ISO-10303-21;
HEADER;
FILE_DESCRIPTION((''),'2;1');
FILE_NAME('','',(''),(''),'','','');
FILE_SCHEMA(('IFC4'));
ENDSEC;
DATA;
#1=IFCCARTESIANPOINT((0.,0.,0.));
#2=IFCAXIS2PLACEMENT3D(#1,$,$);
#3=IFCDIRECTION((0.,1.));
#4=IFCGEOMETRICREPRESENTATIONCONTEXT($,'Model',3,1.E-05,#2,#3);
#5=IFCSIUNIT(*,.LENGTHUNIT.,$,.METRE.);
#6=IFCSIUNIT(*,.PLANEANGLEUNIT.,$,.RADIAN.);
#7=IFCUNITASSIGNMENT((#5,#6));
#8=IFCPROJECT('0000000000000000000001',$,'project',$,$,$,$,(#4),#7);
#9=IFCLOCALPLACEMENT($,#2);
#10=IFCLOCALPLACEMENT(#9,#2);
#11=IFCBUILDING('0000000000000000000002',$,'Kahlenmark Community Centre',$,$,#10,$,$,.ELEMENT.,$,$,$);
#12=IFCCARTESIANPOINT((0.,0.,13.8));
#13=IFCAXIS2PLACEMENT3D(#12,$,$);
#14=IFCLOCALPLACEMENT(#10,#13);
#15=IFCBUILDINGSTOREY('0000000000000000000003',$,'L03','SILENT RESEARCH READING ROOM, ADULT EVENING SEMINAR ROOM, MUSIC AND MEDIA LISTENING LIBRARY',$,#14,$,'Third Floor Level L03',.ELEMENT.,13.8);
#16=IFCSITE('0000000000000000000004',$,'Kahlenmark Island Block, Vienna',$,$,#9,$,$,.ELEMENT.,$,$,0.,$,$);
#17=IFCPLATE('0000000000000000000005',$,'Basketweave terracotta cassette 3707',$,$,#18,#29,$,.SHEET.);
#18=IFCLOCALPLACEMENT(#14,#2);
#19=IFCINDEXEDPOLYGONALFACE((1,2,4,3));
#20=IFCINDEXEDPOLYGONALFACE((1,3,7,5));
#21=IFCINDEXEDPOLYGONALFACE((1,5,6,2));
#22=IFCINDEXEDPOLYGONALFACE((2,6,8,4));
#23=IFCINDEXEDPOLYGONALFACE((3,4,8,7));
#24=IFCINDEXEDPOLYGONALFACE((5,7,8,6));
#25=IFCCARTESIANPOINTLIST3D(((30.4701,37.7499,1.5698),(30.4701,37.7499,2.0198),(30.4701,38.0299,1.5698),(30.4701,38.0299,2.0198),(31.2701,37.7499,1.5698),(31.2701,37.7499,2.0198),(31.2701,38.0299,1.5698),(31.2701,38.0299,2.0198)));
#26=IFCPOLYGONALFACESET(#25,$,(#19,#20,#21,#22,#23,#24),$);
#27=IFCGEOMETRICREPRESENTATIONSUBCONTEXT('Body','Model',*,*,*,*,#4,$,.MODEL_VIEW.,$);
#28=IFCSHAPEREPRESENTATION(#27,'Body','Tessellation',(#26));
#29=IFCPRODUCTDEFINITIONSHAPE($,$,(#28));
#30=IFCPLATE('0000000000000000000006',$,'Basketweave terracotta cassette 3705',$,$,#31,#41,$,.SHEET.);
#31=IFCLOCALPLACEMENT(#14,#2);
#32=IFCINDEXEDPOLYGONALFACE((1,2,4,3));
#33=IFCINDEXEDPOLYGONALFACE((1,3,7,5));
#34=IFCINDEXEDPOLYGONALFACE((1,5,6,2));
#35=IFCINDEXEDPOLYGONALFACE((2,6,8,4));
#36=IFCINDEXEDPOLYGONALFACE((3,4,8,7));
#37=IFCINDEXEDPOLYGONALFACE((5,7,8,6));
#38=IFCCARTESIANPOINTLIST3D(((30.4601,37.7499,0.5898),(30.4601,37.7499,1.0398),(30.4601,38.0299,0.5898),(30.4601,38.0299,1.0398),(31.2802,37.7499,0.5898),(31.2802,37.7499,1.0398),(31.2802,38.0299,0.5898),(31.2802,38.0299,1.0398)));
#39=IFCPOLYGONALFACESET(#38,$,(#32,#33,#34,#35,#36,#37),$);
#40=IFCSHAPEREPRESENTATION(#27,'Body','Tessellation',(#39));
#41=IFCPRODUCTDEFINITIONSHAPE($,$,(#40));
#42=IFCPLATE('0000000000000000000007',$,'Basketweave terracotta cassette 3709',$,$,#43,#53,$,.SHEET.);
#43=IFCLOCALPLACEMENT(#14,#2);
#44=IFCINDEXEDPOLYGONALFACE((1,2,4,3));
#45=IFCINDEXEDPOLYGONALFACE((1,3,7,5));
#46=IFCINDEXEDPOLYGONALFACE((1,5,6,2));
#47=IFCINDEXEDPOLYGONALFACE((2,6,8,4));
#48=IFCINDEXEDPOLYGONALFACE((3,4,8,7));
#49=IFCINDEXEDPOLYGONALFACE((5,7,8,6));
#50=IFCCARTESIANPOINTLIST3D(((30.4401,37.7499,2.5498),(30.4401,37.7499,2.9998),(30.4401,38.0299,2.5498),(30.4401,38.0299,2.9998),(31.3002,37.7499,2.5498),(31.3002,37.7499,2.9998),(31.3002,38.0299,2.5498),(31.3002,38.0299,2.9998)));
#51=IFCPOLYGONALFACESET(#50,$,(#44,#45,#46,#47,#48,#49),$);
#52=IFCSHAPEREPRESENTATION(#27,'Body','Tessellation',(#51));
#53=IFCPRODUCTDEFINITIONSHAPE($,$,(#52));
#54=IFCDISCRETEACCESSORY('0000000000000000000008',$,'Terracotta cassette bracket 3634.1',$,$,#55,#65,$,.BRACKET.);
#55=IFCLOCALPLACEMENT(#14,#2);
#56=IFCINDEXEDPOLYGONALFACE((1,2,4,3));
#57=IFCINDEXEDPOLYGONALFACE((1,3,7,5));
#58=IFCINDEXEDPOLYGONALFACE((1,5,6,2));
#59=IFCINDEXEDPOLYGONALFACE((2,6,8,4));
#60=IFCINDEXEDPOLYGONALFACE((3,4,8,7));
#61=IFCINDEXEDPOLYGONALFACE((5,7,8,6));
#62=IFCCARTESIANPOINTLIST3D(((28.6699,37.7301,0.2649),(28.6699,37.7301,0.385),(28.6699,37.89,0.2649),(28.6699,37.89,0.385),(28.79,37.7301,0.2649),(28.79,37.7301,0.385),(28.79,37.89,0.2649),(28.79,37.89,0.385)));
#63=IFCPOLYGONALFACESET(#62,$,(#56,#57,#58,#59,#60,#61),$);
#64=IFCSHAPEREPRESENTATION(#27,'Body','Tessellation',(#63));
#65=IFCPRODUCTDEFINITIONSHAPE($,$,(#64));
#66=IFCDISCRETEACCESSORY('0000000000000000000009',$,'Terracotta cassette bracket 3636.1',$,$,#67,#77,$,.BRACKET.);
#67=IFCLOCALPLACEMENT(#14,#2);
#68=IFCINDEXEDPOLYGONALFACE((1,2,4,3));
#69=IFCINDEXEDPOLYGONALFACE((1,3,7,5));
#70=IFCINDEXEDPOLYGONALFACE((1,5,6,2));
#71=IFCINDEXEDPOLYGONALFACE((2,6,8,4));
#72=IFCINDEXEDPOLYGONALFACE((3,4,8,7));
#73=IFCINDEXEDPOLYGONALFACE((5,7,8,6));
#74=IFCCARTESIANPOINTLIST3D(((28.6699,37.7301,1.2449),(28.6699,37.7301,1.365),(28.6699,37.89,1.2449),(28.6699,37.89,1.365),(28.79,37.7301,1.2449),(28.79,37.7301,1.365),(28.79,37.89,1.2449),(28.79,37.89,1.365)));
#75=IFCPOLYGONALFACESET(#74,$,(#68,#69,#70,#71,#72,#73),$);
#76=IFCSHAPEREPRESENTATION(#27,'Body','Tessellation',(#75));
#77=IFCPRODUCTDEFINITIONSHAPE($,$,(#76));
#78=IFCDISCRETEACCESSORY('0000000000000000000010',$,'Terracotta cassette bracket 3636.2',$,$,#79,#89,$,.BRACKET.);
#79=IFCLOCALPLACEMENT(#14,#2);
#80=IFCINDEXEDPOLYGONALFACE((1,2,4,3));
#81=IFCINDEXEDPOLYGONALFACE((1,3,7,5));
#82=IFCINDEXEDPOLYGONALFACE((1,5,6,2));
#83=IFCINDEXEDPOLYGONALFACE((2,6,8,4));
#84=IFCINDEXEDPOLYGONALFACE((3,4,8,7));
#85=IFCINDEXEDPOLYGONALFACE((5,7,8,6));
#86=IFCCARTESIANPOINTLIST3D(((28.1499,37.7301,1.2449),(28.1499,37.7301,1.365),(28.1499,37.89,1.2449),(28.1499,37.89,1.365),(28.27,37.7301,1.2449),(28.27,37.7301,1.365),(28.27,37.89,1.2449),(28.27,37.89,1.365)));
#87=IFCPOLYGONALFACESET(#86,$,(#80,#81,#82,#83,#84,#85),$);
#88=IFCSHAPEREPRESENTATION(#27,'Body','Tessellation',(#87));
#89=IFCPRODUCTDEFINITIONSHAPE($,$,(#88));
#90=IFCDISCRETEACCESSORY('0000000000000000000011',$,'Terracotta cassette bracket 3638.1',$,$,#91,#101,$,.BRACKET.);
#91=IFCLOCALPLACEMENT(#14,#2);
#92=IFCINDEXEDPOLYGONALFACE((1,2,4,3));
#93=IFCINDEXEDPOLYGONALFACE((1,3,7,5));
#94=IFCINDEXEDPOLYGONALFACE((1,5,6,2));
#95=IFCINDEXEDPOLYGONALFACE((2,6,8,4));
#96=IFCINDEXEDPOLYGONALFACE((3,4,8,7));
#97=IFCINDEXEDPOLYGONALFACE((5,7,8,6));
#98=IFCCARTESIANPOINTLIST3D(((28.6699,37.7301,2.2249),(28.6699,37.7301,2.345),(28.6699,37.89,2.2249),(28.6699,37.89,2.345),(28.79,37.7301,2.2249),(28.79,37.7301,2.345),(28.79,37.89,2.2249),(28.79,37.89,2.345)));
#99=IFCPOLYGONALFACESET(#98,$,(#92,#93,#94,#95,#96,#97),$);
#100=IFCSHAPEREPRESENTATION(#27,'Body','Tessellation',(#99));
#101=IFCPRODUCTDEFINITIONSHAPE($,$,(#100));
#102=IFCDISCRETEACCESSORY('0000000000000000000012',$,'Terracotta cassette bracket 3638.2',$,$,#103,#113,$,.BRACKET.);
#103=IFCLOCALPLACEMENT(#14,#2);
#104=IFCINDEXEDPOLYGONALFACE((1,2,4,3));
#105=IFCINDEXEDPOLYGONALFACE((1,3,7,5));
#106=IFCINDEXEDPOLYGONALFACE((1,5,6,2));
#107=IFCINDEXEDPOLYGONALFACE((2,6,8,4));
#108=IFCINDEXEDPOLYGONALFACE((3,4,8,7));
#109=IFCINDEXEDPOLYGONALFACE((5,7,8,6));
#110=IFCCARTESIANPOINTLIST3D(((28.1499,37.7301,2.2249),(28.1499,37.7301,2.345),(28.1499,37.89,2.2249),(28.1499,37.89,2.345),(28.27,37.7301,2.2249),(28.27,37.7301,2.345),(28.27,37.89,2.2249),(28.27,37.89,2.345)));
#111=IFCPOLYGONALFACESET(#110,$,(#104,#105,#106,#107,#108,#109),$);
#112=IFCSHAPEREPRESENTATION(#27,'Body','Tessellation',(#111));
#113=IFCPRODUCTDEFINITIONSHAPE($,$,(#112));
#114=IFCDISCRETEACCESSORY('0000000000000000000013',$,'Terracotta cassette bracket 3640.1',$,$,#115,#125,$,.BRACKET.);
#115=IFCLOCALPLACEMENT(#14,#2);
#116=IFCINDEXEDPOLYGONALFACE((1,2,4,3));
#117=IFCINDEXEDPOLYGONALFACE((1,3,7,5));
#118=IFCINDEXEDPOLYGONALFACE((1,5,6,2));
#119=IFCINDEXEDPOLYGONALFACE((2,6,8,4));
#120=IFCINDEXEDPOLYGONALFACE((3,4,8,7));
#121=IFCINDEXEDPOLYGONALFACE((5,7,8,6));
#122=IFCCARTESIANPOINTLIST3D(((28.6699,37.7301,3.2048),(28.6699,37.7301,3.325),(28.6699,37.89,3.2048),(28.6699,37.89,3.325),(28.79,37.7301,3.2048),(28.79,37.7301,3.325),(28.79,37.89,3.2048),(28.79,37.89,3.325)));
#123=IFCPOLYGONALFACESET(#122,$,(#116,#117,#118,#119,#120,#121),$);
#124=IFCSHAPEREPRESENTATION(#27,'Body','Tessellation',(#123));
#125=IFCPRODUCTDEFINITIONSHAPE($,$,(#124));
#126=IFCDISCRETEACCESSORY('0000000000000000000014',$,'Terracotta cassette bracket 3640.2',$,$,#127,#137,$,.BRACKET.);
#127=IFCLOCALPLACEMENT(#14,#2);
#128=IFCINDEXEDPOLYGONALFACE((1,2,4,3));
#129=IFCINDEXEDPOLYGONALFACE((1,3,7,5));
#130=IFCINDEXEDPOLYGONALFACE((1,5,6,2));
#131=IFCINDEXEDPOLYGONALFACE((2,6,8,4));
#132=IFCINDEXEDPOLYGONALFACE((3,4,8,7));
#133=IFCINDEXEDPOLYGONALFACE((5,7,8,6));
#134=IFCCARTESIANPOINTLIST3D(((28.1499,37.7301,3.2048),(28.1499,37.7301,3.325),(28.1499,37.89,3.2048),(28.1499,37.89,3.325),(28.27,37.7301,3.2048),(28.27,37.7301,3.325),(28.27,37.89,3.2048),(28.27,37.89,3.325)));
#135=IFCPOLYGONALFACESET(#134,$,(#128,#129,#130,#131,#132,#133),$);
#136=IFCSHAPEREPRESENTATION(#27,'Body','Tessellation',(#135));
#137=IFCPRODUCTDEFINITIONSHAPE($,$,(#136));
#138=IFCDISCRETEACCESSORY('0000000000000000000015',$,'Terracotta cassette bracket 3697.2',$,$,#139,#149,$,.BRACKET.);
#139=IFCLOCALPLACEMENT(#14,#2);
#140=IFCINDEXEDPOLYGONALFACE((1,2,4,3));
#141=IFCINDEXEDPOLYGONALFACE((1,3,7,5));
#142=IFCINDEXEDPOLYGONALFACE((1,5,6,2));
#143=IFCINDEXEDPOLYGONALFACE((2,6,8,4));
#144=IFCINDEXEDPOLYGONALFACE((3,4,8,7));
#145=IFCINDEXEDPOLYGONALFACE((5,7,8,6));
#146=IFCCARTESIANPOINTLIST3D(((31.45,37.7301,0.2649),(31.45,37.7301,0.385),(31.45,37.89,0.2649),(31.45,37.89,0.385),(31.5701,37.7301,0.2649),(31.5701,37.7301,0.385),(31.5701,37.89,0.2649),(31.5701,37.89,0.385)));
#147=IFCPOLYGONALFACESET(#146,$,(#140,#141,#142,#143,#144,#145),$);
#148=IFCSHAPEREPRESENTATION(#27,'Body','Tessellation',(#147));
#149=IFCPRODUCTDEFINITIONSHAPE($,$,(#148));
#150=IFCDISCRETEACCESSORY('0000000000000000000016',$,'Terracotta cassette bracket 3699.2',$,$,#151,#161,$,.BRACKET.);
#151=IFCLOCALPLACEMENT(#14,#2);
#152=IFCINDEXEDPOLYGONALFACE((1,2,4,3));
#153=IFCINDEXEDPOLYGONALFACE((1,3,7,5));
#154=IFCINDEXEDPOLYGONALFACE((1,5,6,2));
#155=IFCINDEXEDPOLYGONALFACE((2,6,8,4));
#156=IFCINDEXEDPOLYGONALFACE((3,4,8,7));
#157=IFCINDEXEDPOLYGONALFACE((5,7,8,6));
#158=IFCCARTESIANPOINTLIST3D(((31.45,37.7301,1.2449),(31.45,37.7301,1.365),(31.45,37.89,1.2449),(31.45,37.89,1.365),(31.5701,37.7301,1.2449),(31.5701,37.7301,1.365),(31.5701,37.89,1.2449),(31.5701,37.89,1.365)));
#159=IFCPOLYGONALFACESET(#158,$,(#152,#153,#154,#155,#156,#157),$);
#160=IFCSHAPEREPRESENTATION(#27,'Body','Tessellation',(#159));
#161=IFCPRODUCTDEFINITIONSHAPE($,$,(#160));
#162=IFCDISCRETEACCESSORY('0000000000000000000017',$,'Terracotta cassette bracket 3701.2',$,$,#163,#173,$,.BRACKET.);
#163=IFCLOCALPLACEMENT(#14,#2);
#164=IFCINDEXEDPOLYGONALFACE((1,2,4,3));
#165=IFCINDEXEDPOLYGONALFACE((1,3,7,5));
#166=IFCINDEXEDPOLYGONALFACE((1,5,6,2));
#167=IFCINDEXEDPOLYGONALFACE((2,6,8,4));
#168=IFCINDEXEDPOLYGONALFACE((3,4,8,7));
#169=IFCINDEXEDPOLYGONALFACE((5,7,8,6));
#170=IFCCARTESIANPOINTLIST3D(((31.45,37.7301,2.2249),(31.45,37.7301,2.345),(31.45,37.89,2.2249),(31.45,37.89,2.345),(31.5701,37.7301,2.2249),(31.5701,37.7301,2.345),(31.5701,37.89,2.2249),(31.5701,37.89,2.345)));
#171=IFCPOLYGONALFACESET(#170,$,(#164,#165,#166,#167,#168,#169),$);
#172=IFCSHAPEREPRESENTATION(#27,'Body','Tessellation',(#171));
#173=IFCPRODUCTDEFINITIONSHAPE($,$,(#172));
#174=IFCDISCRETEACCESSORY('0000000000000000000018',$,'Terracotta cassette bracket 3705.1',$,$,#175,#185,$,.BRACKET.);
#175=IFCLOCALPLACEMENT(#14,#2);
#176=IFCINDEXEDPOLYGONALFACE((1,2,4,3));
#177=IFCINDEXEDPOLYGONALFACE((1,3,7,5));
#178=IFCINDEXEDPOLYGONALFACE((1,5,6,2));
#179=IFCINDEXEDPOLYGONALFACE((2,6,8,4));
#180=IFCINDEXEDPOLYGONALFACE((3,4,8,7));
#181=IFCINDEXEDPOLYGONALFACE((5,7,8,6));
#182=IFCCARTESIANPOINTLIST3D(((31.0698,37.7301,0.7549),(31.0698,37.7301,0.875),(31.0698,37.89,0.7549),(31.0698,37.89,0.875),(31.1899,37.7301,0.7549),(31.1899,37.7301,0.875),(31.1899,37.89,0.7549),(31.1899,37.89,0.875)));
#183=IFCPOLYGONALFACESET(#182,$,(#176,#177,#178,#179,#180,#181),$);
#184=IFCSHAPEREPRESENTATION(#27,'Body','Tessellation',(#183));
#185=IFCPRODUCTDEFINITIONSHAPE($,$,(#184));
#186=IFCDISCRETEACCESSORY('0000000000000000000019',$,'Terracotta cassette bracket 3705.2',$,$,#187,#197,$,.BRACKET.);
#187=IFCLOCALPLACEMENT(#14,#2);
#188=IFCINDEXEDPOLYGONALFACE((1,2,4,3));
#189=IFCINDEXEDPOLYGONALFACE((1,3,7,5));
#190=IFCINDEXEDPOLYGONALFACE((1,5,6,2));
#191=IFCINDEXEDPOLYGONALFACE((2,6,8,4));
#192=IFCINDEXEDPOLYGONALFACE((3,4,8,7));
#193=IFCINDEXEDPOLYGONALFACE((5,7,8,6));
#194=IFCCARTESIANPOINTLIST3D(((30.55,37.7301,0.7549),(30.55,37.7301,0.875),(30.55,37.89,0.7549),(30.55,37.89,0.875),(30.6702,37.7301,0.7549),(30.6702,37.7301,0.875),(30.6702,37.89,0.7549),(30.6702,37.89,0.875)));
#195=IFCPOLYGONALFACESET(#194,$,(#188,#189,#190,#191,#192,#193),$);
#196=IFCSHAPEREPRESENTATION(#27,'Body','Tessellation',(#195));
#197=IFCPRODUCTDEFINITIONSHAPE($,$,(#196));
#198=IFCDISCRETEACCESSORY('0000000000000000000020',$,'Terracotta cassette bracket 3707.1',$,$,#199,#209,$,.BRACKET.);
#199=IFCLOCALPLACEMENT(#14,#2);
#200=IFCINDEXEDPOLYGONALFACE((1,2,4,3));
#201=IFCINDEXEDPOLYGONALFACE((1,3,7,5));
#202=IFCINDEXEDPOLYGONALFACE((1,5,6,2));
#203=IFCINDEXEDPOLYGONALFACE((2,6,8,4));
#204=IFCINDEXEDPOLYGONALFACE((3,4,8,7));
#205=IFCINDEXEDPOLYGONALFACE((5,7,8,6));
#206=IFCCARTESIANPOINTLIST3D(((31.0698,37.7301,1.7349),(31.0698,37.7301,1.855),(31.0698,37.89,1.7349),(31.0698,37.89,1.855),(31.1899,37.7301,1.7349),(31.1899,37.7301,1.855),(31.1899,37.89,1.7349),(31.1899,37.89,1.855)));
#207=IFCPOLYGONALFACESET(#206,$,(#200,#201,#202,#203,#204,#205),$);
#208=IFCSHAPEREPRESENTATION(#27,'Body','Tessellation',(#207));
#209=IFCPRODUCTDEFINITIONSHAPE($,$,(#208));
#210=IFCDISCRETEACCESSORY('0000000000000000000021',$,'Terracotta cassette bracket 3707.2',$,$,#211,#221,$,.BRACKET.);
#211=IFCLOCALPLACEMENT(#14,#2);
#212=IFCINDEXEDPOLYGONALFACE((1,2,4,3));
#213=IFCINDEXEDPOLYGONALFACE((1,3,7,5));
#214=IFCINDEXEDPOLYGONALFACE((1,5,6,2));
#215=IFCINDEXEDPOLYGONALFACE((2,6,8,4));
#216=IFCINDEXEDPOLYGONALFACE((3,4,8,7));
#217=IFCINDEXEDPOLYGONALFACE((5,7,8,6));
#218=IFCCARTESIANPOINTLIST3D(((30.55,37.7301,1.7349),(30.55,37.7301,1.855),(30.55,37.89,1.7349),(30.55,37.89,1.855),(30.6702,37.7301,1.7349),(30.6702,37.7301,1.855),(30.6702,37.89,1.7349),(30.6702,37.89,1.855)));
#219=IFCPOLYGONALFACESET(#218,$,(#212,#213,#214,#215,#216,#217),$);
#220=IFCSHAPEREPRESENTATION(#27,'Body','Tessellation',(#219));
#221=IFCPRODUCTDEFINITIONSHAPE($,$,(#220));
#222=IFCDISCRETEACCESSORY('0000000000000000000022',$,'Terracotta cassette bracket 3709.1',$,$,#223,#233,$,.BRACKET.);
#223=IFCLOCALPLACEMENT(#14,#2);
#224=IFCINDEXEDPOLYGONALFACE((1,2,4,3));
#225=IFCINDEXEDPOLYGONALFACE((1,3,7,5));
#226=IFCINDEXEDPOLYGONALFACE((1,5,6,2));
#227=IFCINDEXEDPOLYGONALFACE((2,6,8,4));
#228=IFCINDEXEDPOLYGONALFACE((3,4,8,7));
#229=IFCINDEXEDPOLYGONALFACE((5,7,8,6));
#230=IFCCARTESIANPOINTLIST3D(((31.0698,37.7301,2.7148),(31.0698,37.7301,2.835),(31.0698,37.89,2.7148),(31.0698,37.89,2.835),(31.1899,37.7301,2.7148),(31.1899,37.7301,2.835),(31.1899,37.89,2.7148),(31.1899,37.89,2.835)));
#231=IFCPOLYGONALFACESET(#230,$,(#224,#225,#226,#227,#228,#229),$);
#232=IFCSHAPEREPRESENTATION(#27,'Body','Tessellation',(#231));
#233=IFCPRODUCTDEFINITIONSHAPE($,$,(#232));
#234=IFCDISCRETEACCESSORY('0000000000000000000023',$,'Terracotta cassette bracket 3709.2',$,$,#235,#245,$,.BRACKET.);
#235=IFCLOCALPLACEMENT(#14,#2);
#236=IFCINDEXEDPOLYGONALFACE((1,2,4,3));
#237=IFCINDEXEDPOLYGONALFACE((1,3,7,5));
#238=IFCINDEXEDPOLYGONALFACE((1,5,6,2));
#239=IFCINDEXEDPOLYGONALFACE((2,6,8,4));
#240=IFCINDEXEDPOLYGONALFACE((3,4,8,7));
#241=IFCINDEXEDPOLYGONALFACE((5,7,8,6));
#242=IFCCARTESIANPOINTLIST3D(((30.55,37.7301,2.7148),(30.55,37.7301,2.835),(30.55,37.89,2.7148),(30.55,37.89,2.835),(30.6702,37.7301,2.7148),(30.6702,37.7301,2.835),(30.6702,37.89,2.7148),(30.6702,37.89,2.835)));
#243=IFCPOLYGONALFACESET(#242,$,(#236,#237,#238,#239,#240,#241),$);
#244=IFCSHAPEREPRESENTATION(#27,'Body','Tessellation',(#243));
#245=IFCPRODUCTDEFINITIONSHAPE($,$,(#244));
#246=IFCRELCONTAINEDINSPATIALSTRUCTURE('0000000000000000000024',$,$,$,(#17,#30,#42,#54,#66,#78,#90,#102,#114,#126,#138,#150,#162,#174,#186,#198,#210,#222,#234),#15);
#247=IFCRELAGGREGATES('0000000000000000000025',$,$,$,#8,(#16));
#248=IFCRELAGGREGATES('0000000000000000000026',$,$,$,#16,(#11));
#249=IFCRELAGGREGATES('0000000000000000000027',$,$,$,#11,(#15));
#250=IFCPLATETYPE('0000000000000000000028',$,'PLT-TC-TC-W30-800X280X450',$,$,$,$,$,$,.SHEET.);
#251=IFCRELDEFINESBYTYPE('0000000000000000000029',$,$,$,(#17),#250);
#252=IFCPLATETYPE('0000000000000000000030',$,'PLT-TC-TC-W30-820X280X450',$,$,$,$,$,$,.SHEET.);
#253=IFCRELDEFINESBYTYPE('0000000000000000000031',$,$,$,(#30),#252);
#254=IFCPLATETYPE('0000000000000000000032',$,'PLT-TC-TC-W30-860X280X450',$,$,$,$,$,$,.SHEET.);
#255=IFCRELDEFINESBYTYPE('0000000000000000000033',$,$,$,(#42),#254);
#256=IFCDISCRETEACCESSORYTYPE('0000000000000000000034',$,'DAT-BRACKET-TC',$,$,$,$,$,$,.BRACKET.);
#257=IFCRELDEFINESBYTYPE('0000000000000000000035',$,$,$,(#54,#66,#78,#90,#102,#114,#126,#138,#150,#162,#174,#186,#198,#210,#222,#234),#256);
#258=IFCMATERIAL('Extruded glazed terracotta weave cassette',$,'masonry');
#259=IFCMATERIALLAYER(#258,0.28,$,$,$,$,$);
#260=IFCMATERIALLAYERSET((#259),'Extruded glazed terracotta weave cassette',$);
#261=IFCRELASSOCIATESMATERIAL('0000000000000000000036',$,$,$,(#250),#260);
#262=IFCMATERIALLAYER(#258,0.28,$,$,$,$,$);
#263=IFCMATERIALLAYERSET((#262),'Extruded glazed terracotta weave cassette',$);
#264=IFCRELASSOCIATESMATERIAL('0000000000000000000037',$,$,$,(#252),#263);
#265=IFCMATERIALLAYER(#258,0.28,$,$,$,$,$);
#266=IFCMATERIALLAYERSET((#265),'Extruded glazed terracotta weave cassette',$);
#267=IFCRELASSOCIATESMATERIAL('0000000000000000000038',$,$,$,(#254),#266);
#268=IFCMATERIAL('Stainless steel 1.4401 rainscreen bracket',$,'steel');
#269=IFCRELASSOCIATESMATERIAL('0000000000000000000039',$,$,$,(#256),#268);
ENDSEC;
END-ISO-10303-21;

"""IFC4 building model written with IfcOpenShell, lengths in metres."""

from ifc_helpers import new_model, si_unit, direction, frame, origin, origin_2d, place, context, subcontext, project, spatial, rectangle, extrude, material, layer, layer_set, type_object, element, save


model = new_model("IFC4")

# Units and contexts
model_context = context("Model", 3, precision=1e-05, world=origin(), true_north=direction((0.0, 1.0)))
body_context = subcontext(model_context, "Body", "Model", "MODEL_VIEW")
ifc_project = project(units=[si_unit("LENGTHUNIT", "METRE"), si_unit("PLANEANGLEUNIT", "RADIAN")], contexts=[model_context])

# Site, building, storey
site_placement = place(None, origin())
site = spatial("IfcSite", under=ifc_project, at=site_placement, Name="Kahlenmark Island Block, Vienna", CompositionType="ELEMENT", RefElevation=0.0)
building_placement = place(site_placement, origin())
building = spatial("IfcBuilding", under=site, at=building_placement, Name="Kahlenmark Community Centre", CompositionType="ELEMENT")
storey_placement = place(building_placement, frame((0.0, 0.0, 13.8)))
storey = spatial("IfcBuildingStorey", under=building, at=storey_placement, Name="L03", Description="SILENT RESEARCH READING ROOM, ADULT EVENING SEMINAR ROOM, MUSIC AND MEDIA LISTENING LIBRARY", LongName="Third Floor Level L03", CompositionType="ELEMENT", Elevation=13.8)

# Plates
ifc_material_1 = material(Name="Extruded glazed terracotta weave cassette", Category="masonry")
ifc_layer_1 = layer(ifc_material_1, 0.28)
ifc_layer_set_1 = layer_set([ifc_layer_1], Name="Extruded glazed terracotta weave cassette")
plate_type_1 = type_object("IfcPlateType", Name="PLT-TC-TC-W30-800X280X450", PredefinedType="SHEET", material=ifc_layer_set_1)
plate_1_placement = place(storey_placement, frame((30.8701, 37.8899, 1.5698), z_axis=(0.0, 0.0, 1.0), x_axis=(-1.0, 0.0, 0.0)))
element("IfcPlate", 1, at=plate_1_placement, inside=storey, type_object=plate_type_1, Name="Basketweave terracotta cassette 3707", PredefinedType="SHEET", context=body_context, shape_type="SweptSolid", body=[
    extrude(rectangle(XDim=0.8, YDim=0.28, at=origin_2d()), origin(), (0.0, 0.0, 1.0), 0.45),
])
ifc_layer_2 = layer(ifc_material_1, 0.28)
ifc_layer_set_2 = layer_set([ifc_layer_2], Name="Extruded glazed terracotta weave cassette")
plate_type_2 = type_object("IfcPlateType", Name="PLT-TC-TC-W30-820X280X450", PredefinedType="SHEET", material=ifc_layer_set_2)
plate_2_placement = place(storey_placement, frame((30.8701, 37.8899, 0.5898), z_axis=(0.0, 0.0, 1.0), x_axis=(-1.0, 0.0, 0.0)))
element("IfcPlate", 2, at=plate_2_placement, inside=storey, type_object=plate_type_2, Name="Basketweave terracotta cassette 3705", PredefinedType="SHEET", context=body_context, shape_type="SweptSolid", body=[
    extrude(rectangle(XDim=0.8201, YDim=0.28, at=origin_2d()), origin(), (0.0, 0.0, 1.0), 0.45),
])
ifc_layer_3 = layer(ifc_material_1, 0.28)
ifc_layer_set_3 = layer_set([ifc_layer_3], Name="Extruded glazed terracotta weave cassette")
plate_type_3 = type_object("IfcPlateType", Name="PLT-TC-TC-W30-860X280X450", PredefinedType="SHEET", material=ifc_layer_set_3)
plate_3_placement = place(storey_placement, frame((30.8701, 37.8899, 2.5498), z_axis=(0.0, 0.0, 1.0), x_axis=(-1.0, 0.0, 0.0)))
element("IfcPlate", 3, at=plate_3_placement, inside=storey, type_object=plate_type_3, Name="Basketweave terracotta cassette 3709", PredefinedType="SHEET", context=body_context, shape_type="SweptSolid", body=[
    extrude(rectangle(XDim=0.8601, YDim=0.28, at=origin_2d()), origin(), (0.0, 0.0, 1.0), 0.45),
])

# Discrete accessories
ifc_material_2 = material(Name="Stainless steel 1.4401 rainscreen bracket", Category="steel")
discrete_accessory_type = type_object("IfcDiscreteAccessoryType", Name="DAT-BRACKET-TC", PredefinedType="BRACKET", material=ifc_material_2)
for number, where, z_axis, x_axis, name in (
    (4, (28.73, 37.8101, 0.2649), (0.0, 0.0, 1.0), (-1.0, 0.0, 0.0), "Terracotta cassette bracket 3634.1"),
    (5, (28.73, 37.8101, 1.2449), (0.0, 0.0, 1.0), (-1.0, 0.0, 0.0), "Terracotta cassette bracket 3636.1"),
    (6, (28.21, 37.8101, 1.2449), (0.0, 0.0, 1.0), (-1.0, 0.0, 0.0), "Terracotta cassette bracket 3636.2"),
    (7, (28.73, 37.8101, 2.2249), (0.0, 0.0, 1.0), (-1.0, 0.0, 0.0), "Terracotta cassette bracket 3638.1"),
    (8, (28.21, 37.8101, 2.2249), (0.0, 0.0, 1.0), (-1.0, 0.0, 0.0), "Terracotta cassette bracket 3638.2"),
    (9, (28.73, 37.8101, 3.2048), (0.0, 0.0, 1.0), (-1.0, 0.0, 0.0), "Terracotta cassette bracket 3640.1"),
    (10, (28.21, 37.8101, 3.2048), (0.0, 0.0, 1.0), (-1.0, 0.0, 0.0), "Terracotta cassette bracket 3640.2"),
    (11, (31.51, 37.8101, 0.2649), (0.0, 0.0, 1.0), (-1.0, 0.0, 0.0), "Terracotta cassette bracket 3697.2"),
    (12, (31.51, 37.8101, 1.2449), (0.0, 0.0, 1.0), (-1.0, 0.0, 0.0), "Terracotta cassette bracket 3699.2"),
    (13, (31.51, 37.8101, 2.2249), (0.0, 0.0, 1.0), (-1.0, 0.0, 0.0), "Terracotta cassette bracket 3701.2"),
    (14, (31.1299, 37.8101, 0.7549), (0.0, 0.0, 1.0), (-1.0, 0.0, 0.0), "Terracotta cassette bracket 3705.1"),
    (15, (30.6101, 37.8101, 0.7549), (0.0, 0.0, 1.0), (-1.0, 0.0, 0.0), "Terracotta cassette bracket 3705.2"),
    (16, (31.1299, 37.8101, 1.7349), (0.0, 0.0, 1.0), (-1.0, 0.0, 0.0), "Terracotta cassette bracket 3707.1"),
    (17, (30.6101, 37.8101, 1.7349), (0.0, 0.0, 1.0), (-1.0, 0.0, 0.0), "Terracotta cassette bracket 3707.2"),
    (18, (31.1299, 37.8101, 2.7148), (0.0, 0.0, 1.0), (-1.0, 0.0, 0.0), "Terracotta cassette bracket 3709.1"),
    (19, (30.6101, 37.8101, 2.7148), (0.0, 0.0, 1.0), (-1.0, 0.0, 0.0), "Terracotta cassette bracket 3709.2"),
):
    element("IfcDiscreteAccessory", number, at=place(storey_placement, frame(where, z_axis=z_axis, x_axis=x_axis)), inside=storey, type_object=discrete_accessory_type, Name=name, PredefinedType="BRACKET", context=body_context, shape_type="SweptSolid", body=[
        extrude(rectangle(XDim=0.1201, YDim=0.1599, at=origin_2d()), origin(), (0.0, 0.0, 1.0), 0.1201),
    ])

save(model, "model.ifc")
